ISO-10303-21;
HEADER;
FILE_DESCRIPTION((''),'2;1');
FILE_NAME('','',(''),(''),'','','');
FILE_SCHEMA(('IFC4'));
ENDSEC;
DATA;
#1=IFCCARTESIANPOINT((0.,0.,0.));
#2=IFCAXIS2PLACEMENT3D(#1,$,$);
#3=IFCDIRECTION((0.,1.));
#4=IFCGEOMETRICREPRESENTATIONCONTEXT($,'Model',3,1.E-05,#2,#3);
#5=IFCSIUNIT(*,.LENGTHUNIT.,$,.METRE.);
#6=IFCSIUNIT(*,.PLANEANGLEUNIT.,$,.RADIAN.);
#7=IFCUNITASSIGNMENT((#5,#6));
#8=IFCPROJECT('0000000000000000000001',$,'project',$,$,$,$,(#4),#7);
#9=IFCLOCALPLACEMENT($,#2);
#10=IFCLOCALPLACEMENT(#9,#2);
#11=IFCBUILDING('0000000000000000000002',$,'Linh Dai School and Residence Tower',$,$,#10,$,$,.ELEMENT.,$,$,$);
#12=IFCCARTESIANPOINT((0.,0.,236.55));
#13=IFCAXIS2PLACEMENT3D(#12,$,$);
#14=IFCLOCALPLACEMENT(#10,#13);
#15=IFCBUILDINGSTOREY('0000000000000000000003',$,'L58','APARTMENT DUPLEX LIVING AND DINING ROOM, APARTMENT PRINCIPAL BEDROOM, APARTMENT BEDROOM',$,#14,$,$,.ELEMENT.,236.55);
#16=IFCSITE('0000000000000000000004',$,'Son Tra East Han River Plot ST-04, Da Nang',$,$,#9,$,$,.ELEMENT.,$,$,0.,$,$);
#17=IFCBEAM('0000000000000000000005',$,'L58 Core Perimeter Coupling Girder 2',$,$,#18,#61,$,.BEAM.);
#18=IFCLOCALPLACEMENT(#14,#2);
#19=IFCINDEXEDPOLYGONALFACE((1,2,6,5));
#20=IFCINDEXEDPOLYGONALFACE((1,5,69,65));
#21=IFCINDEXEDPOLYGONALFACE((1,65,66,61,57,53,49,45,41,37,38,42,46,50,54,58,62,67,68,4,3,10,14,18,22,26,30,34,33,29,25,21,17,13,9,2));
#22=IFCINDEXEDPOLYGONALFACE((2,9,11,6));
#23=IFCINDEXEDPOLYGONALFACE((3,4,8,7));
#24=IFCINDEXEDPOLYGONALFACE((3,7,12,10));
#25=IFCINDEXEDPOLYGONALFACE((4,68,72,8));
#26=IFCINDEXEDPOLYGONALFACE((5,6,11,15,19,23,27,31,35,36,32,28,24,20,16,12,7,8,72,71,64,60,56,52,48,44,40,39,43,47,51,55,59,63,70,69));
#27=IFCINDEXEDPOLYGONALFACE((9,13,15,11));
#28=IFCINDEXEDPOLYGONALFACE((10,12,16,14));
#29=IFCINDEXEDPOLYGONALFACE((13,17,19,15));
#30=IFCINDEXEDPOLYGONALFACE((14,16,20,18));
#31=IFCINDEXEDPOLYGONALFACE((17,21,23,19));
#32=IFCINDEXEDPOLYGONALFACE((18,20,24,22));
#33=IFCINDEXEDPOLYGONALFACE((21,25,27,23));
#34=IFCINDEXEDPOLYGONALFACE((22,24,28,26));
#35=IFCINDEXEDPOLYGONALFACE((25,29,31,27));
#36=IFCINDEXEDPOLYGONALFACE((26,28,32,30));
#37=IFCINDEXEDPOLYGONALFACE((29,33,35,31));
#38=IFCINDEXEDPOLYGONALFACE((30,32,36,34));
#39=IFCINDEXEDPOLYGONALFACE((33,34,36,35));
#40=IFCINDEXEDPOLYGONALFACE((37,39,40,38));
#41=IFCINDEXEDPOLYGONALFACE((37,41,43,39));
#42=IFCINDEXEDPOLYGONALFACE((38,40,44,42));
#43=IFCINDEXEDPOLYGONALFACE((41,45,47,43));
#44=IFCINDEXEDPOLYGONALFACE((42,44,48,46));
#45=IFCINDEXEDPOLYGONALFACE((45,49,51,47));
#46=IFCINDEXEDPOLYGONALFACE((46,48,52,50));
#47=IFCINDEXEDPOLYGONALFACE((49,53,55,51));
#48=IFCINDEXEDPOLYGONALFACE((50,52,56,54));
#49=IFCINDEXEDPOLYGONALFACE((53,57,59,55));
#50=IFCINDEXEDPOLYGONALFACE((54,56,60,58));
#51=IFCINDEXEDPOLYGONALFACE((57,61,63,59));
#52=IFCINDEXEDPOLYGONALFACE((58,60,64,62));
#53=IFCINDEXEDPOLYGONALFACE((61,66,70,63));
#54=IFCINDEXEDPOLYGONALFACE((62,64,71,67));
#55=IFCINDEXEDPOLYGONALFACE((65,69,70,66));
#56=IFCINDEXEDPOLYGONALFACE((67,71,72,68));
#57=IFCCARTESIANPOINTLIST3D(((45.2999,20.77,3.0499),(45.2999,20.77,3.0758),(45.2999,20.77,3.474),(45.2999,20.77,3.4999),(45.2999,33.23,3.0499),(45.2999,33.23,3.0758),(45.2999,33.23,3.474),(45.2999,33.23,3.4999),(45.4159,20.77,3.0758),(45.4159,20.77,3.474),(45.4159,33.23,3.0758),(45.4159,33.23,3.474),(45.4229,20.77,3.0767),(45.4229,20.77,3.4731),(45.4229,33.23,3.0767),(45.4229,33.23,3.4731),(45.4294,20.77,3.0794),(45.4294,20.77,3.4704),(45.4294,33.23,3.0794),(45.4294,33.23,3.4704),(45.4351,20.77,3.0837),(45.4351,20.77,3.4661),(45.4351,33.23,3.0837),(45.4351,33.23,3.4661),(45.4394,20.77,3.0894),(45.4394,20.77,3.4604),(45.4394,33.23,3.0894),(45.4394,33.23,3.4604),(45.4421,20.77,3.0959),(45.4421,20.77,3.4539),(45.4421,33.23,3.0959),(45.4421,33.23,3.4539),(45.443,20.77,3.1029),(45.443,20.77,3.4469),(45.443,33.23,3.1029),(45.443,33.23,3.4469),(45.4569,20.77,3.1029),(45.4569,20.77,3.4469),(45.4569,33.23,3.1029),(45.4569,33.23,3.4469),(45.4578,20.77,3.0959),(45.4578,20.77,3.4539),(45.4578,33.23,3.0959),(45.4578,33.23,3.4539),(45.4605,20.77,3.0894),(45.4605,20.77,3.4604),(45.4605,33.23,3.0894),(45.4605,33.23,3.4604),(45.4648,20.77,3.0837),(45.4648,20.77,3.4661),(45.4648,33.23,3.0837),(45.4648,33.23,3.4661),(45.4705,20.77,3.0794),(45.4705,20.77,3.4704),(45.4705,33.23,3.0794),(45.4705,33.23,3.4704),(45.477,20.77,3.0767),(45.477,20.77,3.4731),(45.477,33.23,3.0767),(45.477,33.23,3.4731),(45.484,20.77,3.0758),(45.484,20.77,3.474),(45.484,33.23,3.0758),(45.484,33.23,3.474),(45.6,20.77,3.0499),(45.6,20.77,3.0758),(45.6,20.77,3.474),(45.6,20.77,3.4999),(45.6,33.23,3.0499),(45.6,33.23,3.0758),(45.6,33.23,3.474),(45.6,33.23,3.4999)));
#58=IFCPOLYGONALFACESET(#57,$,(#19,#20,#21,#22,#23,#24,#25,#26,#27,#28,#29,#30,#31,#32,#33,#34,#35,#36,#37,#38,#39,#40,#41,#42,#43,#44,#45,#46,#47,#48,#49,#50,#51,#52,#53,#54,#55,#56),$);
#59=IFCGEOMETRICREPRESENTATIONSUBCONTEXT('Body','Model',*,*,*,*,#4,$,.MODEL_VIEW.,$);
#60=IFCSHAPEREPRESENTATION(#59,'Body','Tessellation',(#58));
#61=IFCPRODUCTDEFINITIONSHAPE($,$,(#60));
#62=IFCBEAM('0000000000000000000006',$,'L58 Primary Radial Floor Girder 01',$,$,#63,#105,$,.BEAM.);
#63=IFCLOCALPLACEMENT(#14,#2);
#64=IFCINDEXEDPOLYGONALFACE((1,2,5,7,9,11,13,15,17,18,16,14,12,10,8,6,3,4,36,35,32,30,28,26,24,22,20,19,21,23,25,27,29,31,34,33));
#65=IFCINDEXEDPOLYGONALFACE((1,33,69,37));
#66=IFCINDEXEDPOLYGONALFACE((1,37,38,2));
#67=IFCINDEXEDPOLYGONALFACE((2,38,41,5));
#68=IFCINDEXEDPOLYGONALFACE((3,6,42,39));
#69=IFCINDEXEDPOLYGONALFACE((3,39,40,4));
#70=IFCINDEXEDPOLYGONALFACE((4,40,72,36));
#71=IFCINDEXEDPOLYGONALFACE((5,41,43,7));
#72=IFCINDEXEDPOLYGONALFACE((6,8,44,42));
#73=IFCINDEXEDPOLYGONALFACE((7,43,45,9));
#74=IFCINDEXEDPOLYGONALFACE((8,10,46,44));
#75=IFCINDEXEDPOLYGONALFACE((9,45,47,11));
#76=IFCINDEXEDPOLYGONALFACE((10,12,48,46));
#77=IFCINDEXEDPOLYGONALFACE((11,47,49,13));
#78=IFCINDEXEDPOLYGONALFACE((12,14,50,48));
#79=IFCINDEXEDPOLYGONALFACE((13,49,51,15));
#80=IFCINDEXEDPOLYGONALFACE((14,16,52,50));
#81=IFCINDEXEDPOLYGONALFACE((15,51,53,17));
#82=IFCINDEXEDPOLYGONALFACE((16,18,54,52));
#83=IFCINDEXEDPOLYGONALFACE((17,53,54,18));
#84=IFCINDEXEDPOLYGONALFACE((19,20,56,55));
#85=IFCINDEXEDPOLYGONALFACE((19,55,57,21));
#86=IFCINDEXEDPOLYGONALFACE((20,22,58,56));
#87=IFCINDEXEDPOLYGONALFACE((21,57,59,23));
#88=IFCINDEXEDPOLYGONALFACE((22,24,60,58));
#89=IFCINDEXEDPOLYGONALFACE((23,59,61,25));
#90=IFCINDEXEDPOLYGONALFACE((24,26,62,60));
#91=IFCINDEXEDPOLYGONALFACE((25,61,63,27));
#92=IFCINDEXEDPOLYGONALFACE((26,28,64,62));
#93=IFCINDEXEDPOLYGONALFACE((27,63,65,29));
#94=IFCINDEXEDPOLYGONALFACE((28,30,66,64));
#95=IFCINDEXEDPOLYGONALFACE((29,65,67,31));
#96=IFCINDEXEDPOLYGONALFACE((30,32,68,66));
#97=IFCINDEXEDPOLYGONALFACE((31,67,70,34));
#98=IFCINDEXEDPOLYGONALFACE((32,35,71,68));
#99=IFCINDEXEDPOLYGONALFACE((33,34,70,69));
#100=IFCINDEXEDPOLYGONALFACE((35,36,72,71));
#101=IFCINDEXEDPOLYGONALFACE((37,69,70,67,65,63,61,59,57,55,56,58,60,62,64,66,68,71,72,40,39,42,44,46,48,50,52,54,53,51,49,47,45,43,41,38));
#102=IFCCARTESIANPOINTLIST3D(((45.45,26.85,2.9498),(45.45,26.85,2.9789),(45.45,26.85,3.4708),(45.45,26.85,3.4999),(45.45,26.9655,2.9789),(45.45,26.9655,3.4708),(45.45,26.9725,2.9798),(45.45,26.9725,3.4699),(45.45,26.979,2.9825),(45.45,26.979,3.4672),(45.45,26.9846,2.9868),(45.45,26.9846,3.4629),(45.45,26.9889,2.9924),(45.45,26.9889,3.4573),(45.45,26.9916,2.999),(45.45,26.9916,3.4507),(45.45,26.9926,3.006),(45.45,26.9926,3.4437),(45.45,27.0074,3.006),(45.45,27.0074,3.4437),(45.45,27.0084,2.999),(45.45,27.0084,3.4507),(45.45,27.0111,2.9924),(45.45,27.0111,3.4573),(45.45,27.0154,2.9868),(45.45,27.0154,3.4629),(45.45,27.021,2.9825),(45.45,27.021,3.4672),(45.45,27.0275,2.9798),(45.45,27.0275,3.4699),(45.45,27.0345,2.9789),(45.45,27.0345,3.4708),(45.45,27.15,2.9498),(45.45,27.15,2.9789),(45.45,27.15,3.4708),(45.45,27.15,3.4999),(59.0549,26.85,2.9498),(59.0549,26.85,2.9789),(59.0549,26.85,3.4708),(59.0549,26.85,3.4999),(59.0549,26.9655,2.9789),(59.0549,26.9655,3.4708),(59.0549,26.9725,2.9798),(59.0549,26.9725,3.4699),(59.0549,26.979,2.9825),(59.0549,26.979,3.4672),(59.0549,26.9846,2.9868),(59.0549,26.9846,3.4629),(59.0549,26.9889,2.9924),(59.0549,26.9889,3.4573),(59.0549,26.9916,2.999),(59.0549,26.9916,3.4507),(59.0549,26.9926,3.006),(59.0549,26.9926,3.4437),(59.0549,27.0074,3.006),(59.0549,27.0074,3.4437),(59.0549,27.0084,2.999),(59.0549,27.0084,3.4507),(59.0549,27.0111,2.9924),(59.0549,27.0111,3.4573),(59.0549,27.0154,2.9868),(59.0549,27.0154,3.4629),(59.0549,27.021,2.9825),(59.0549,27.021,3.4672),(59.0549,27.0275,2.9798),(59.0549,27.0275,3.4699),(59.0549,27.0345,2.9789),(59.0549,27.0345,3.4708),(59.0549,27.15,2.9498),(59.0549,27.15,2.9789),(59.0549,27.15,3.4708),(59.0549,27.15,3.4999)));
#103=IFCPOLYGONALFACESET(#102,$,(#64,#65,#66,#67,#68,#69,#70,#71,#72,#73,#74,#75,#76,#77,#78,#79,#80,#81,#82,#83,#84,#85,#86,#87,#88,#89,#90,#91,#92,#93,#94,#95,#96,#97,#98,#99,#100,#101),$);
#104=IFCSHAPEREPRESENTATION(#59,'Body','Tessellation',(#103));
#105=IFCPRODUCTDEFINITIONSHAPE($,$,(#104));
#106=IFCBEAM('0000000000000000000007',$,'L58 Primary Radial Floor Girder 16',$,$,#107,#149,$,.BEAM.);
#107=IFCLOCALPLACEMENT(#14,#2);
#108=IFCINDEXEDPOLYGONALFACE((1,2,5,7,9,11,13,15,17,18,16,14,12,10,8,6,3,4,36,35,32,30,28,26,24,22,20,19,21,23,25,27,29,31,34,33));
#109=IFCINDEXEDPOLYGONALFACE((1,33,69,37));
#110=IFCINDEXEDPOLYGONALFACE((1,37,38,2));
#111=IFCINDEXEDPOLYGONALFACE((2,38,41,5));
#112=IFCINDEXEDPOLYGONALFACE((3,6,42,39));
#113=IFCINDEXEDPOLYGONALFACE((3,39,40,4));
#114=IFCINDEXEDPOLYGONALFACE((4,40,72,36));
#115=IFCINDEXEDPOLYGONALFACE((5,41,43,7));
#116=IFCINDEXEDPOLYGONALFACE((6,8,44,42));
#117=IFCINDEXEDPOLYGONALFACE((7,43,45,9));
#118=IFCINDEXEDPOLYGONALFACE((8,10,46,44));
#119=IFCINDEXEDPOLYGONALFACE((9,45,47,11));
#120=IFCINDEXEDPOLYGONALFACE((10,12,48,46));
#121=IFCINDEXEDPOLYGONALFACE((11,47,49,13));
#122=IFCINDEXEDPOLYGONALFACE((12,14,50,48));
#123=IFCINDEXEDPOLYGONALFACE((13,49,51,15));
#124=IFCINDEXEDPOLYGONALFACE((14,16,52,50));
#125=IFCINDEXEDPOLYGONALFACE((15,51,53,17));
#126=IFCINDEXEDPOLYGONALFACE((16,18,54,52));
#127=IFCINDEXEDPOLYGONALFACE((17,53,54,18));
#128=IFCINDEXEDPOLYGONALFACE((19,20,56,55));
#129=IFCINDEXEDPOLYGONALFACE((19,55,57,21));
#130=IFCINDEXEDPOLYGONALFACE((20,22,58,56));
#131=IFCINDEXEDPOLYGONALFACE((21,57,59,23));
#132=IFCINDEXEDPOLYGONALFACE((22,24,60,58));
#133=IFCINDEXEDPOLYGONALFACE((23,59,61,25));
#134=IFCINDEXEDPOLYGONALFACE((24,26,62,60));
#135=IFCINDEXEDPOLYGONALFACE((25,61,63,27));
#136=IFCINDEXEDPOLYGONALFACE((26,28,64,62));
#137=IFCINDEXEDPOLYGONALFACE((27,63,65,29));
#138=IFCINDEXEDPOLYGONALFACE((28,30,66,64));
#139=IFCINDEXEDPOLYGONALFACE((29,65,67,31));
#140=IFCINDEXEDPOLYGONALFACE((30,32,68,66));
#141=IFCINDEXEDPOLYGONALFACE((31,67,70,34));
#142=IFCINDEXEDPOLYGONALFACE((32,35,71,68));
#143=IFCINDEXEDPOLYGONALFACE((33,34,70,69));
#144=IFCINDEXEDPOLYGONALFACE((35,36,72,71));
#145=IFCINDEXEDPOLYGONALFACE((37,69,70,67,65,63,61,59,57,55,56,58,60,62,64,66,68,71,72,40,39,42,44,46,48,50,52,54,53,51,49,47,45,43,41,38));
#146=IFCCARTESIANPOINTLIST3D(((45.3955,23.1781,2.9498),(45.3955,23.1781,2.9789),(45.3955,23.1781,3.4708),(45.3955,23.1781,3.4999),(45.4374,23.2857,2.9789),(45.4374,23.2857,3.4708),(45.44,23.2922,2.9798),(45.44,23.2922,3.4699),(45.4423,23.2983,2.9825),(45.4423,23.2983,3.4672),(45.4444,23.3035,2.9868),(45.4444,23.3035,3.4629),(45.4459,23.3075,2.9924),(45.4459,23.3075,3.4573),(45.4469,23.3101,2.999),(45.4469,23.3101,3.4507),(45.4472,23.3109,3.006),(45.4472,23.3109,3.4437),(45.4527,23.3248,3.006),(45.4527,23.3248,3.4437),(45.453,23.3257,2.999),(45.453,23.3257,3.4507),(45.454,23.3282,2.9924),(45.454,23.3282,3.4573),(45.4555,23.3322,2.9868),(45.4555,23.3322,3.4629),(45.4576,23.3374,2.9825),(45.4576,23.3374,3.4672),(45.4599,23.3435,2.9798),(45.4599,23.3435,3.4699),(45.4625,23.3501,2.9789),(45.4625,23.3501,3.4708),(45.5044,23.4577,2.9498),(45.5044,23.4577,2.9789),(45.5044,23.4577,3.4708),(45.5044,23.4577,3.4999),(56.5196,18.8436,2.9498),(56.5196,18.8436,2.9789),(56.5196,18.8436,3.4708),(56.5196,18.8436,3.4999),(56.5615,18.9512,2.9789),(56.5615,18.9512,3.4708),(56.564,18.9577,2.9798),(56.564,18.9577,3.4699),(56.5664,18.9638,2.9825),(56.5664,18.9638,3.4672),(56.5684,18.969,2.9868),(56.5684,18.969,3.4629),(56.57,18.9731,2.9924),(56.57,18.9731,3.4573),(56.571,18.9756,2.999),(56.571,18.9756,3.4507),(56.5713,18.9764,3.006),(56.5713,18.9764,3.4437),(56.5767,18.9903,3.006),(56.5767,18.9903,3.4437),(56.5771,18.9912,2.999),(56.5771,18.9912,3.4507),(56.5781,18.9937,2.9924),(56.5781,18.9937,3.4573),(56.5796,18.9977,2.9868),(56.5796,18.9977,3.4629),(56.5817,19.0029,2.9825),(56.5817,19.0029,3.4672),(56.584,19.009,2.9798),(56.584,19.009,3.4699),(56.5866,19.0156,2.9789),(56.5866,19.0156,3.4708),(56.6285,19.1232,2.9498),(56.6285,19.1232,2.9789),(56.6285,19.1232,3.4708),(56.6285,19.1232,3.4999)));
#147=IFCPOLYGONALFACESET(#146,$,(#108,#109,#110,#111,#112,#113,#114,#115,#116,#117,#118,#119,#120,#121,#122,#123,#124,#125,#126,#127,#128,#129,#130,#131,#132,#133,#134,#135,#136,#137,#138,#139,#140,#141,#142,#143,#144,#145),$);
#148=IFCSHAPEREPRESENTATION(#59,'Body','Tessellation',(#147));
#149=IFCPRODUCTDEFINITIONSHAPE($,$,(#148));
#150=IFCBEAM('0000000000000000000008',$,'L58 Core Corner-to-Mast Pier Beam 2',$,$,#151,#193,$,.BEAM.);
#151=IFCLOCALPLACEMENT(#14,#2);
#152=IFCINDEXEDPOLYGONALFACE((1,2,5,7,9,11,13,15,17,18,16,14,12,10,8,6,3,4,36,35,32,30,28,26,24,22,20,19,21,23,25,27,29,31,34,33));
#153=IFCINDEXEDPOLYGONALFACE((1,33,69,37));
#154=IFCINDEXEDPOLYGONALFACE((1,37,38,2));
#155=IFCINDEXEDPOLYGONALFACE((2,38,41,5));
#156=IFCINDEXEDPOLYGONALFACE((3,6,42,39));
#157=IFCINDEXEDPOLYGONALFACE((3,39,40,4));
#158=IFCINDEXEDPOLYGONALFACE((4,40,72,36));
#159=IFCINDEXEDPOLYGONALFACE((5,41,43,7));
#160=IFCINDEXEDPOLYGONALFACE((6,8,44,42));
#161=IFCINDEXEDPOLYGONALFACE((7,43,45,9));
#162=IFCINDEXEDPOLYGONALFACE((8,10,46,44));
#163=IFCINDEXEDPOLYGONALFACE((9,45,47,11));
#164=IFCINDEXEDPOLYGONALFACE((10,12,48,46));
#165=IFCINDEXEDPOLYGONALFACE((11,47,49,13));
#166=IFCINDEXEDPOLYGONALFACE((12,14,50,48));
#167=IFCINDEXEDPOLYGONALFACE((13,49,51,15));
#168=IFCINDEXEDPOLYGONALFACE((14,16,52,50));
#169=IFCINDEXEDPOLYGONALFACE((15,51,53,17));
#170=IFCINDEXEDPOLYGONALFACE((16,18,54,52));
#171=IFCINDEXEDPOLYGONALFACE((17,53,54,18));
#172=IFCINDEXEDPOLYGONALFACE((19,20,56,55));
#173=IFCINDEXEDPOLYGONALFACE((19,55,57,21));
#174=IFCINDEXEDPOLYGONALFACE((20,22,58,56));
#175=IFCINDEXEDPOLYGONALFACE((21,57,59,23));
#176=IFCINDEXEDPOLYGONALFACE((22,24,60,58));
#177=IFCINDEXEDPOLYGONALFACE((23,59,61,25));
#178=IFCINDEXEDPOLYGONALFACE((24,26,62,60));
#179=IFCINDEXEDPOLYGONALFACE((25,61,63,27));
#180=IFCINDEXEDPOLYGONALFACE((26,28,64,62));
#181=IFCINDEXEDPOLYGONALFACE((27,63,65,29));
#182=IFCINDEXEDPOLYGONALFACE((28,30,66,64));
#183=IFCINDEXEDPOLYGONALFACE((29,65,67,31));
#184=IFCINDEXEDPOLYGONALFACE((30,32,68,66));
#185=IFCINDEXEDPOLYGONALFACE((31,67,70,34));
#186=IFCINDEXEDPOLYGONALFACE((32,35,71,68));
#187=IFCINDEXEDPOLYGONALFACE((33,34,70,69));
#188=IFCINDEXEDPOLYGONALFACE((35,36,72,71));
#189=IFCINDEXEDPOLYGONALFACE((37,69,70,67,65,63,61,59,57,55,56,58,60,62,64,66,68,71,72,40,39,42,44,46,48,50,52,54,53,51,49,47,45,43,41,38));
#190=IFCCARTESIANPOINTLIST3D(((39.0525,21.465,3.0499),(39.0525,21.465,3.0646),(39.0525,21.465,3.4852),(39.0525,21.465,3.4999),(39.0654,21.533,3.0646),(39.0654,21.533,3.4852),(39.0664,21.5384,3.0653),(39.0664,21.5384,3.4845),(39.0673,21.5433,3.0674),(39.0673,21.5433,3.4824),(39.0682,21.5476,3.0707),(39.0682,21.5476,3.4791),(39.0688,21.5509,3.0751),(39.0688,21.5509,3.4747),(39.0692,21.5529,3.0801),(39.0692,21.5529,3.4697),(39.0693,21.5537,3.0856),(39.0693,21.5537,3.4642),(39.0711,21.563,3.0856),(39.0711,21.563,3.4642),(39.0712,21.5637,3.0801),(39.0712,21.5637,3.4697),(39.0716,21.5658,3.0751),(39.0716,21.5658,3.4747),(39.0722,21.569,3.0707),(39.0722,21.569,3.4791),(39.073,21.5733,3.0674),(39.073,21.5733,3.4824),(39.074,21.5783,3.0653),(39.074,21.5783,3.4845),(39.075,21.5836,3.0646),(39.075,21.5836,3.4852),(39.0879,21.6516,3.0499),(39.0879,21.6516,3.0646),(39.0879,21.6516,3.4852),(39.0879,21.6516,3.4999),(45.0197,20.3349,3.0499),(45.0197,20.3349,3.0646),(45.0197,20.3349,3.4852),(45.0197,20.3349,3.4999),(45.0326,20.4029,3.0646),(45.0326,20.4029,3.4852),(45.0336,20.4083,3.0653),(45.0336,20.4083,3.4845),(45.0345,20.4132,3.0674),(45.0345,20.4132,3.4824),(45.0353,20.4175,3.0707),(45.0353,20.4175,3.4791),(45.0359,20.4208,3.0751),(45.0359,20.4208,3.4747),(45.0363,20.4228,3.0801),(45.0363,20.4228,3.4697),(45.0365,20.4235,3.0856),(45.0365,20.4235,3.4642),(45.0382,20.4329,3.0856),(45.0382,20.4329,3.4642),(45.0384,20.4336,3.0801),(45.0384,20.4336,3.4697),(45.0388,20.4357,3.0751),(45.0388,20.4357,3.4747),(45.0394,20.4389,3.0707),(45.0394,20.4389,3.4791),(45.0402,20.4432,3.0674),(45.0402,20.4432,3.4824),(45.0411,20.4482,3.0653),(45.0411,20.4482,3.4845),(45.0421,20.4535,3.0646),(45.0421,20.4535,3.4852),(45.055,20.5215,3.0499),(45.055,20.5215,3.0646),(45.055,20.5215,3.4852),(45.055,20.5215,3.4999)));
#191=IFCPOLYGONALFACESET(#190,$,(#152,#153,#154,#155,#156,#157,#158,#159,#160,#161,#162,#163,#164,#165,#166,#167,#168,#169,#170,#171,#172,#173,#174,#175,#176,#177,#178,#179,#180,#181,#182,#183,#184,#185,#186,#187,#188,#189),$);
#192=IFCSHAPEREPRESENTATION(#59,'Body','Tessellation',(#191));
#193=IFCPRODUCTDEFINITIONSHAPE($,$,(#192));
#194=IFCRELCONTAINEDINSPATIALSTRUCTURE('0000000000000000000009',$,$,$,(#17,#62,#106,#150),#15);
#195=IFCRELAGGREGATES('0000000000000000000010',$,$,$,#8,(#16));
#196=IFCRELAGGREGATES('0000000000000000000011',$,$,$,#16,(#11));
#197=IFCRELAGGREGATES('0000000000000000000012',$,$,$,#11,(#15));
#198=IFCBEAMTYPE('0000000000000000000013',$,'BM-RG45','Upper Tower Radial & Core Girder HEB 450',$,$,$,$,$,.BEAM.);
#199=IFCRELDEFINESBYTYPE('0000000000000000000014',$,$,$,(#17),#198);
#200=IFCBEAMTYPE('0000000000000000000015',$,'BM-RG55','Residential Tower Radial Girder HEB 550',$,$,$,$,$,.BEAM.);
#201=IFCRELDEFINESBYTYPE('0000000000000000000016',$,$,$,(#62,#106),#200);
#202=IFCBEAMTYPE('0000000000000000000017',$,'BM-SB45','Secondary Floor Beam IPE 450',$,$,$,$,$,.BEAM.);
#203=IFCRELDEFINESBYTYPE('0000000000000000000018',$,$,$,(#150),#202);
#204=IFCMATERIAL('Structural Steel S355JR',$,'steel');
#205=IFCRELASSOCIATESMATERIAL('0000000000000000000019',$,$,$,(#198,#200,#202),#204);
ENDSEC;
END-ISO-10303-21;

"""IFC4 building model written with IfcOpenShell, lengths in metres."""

from ifc_helpers import new_model, si_unit, direction, frame, origin, origin_2d, place, context, subcontext, project, spatial, i_section, extrude, material, material_profile, profile_set, type_object, element, save


model = new_model("IFC4")

# Units and contexts
model_context = context("Model", 3, precision=1e-05, world=origin(), true_north=direction((0.0, 1.0)))
body_context = subcontext(model_context, "Body", "Model", "MODEL_VIEW")
ifc_project = project(units=[si_unit("LENGTHUNIT", "METRE"), si_unit("PLANEANGLEUNIT", "RADIAN")], contexts=[model_context])

# Site, building, storey
site_placement = place(None, origin())
site = spatial("IfcSite", under=ifc_project, at=site_placement, Name="Son Tra East Han River Plot ST-04, Da Nang", CompositionType="ELEMENT", RefElevation=0.0)
building_placement = place(site_placement, origin())
building = spatial("IfcBuilding", under=site, at=building_placement, Name="Linh Dai School and Residence Tower", CompositionType="ELEMENT")
storey_placement = place(building_placement, frame((0.0, 0.0, 236.55)))
storey = spatial("IfcBuildingStorey", under=building, at=storey_placement, Name="L58", Description="APARTMENT DUPLEX LIVING AND DINING ROOM, APARTMENT PRINCIPAL BEDROOM, APARTMENT BEDROOM", CompositionType="ELEMENT", Elevation=236.55)

# Shared definitions
ifc_material_1 = material(Name="Structural Steel S355JR", Category="steel")

# Beams
ifc_material_profile_1 = material_profile(ifc_material_1, i_section(OverallWidth=0.3, OverallDepth=0.45, WebThickness=0.0139, FlangeThickness=0.0259, FilletRadius=0.0271, at=origin_2d()), Name="HEB 450")
ifc_profile_set_1 = profile_set([ifc_material_profile_1], Name="Structural Steel S355JR")
beam_type_1 = type_object("IfcBeamType", Name="BM-RG45", Description="Upper Tower Radial & Core Girder HEB 450", PredefinedType="BEAM", material=ifc_profile_set_1)
beam_1_placement = place(storey_placement, frame((45.45, 20.77, 3.2749), z_axis=(0.0, 1.0, 0.0), x_axis=(-1.0, 0.0, 0.0)))
element("IfcBeam", 1, at=beam_1_placement, inside=storey, type_object=beam_type_1, Name="L58 Core Perimeter Coupling Girder 2", PredefinedType="BEAM", context=body_context, shape_type="SweptSolid", body=[
    extrude(i_section(OverallWidth=0.3, OverallDepth=0.45, WebThickness=0.0139, FlangeThickness=0.0259, FilletRadius=0.0271, at=origin_2d()), origin(), (0.0, 0.0, 1.0), 12.46),
])
ifc_material_profile_2 = material_profile(ifc_material_1, i_section(OverallWidth=0.3, OverallDepth=0.55, WebThickness=0.0149, FlangeThickness=0.0291, FilletRadius=0.0271, at=origin_2d()), Name="HEB 550")
ifc_profile_set_2 = profile_set([ifc_material_profile_2], Name="Structural Steel S355JR")
beam_type_2 = type_object("IfcBeamType", Name="BM-RG55", Description="Residential Tower Radial Girder HEB 550", PredefinedType="BEAM", material=ifc_profile_set_2)
beam_2_placement = place(storey_placement, frame((45.45, 27.0, 3.2249), z_axis=(1.0, 0.0, 0.0), x_axis=(0.0, 1.0, 0.0)))
element("IfcBeam", 2, at=beam_2_placement, inside=storey, type_object=beam_type_2, Name="L58 Primary Radial Floor Girder 01", PredefinedType="BEAM", context=body_context, shape_type="SweptSolid", body=[
    extrude(i_section(OverallWidth=0.3, OverallDepth=0.55, WebThickness=0.0149, FlangeThickness=0.0291, FilletRadius=0.0271, at=origin_2d()), origin(), (0.0, 0.0, 1.0), 13.605),
])
beam_3_placement = place(storey_placement, frame((45.45, 23.3179, 3.2249), z_axis=(0.931765, -0.363062, 0.0), x_axis=(0.363062, 0.931765, 0.0)))
element("IfcBeam", 3, at=beam_3_placement, inside=storey, type_object=beam_type_2, Name="L58 Primary Radial Floor Girder 16", PredefinedType="BEAM", context=body_context, shape_type="SweptSolid", body=[
    extrude(i_section(OverallWidth=0.3, OverallDepth=0.55, WebThickness=0.0149, FlangeThickness=0.0291, FilletRadius=0.0271, at=origin_2d()), origin(), (0.0, 0.0, 1.0), 11.9387),
])
ifc_material_profile_3 = material_profile(ifc_material_1, i_section(OverallWidth=0.1899, OverallDepth=0.45, WebThickness=0.0095, FlangeThickness=0.0146, FilletRadius=0.021, at=origin_2d()), Name="IPE 450")
ifc_profile_set_3 = profile_set([ifc_material_profile_3], Name="Structural Steel S355JR")
beam_type_3 = type_object("IfcBeamType", Name="BM-SB45", Description="Secondary Floor Beam IPE 450", PredefinedType="BEAM", material=ifc_profile_set_3)
beam_4_placement = place(storey_placement, frame((45.0374, 20.4282, 3.2749), z_axis=(-0.982535, 0.186079, 0.0), x_axis=(-0.186079, -0.982535, 0.0)))
element("IfcBeam", 4, at=beam_4_placement, inside=storey, type_object=beam_type_3, Name="L58 Core Corner-to-Mast Pier Beam 2", PredefinedType="BEAM", context=body_context, shape_type="SweptSolid", body=[
    extrude(i_section(OverallWidth=0.1899, OverallDepth=0.45, WebThickness=0.0095, FlangeThickness=0.0146, FilletRadius=0.021, at=origin_2d()), origin(), (0.0, 0.0, 1.0), 6.0732),
])

save(model, "model.ifc")
